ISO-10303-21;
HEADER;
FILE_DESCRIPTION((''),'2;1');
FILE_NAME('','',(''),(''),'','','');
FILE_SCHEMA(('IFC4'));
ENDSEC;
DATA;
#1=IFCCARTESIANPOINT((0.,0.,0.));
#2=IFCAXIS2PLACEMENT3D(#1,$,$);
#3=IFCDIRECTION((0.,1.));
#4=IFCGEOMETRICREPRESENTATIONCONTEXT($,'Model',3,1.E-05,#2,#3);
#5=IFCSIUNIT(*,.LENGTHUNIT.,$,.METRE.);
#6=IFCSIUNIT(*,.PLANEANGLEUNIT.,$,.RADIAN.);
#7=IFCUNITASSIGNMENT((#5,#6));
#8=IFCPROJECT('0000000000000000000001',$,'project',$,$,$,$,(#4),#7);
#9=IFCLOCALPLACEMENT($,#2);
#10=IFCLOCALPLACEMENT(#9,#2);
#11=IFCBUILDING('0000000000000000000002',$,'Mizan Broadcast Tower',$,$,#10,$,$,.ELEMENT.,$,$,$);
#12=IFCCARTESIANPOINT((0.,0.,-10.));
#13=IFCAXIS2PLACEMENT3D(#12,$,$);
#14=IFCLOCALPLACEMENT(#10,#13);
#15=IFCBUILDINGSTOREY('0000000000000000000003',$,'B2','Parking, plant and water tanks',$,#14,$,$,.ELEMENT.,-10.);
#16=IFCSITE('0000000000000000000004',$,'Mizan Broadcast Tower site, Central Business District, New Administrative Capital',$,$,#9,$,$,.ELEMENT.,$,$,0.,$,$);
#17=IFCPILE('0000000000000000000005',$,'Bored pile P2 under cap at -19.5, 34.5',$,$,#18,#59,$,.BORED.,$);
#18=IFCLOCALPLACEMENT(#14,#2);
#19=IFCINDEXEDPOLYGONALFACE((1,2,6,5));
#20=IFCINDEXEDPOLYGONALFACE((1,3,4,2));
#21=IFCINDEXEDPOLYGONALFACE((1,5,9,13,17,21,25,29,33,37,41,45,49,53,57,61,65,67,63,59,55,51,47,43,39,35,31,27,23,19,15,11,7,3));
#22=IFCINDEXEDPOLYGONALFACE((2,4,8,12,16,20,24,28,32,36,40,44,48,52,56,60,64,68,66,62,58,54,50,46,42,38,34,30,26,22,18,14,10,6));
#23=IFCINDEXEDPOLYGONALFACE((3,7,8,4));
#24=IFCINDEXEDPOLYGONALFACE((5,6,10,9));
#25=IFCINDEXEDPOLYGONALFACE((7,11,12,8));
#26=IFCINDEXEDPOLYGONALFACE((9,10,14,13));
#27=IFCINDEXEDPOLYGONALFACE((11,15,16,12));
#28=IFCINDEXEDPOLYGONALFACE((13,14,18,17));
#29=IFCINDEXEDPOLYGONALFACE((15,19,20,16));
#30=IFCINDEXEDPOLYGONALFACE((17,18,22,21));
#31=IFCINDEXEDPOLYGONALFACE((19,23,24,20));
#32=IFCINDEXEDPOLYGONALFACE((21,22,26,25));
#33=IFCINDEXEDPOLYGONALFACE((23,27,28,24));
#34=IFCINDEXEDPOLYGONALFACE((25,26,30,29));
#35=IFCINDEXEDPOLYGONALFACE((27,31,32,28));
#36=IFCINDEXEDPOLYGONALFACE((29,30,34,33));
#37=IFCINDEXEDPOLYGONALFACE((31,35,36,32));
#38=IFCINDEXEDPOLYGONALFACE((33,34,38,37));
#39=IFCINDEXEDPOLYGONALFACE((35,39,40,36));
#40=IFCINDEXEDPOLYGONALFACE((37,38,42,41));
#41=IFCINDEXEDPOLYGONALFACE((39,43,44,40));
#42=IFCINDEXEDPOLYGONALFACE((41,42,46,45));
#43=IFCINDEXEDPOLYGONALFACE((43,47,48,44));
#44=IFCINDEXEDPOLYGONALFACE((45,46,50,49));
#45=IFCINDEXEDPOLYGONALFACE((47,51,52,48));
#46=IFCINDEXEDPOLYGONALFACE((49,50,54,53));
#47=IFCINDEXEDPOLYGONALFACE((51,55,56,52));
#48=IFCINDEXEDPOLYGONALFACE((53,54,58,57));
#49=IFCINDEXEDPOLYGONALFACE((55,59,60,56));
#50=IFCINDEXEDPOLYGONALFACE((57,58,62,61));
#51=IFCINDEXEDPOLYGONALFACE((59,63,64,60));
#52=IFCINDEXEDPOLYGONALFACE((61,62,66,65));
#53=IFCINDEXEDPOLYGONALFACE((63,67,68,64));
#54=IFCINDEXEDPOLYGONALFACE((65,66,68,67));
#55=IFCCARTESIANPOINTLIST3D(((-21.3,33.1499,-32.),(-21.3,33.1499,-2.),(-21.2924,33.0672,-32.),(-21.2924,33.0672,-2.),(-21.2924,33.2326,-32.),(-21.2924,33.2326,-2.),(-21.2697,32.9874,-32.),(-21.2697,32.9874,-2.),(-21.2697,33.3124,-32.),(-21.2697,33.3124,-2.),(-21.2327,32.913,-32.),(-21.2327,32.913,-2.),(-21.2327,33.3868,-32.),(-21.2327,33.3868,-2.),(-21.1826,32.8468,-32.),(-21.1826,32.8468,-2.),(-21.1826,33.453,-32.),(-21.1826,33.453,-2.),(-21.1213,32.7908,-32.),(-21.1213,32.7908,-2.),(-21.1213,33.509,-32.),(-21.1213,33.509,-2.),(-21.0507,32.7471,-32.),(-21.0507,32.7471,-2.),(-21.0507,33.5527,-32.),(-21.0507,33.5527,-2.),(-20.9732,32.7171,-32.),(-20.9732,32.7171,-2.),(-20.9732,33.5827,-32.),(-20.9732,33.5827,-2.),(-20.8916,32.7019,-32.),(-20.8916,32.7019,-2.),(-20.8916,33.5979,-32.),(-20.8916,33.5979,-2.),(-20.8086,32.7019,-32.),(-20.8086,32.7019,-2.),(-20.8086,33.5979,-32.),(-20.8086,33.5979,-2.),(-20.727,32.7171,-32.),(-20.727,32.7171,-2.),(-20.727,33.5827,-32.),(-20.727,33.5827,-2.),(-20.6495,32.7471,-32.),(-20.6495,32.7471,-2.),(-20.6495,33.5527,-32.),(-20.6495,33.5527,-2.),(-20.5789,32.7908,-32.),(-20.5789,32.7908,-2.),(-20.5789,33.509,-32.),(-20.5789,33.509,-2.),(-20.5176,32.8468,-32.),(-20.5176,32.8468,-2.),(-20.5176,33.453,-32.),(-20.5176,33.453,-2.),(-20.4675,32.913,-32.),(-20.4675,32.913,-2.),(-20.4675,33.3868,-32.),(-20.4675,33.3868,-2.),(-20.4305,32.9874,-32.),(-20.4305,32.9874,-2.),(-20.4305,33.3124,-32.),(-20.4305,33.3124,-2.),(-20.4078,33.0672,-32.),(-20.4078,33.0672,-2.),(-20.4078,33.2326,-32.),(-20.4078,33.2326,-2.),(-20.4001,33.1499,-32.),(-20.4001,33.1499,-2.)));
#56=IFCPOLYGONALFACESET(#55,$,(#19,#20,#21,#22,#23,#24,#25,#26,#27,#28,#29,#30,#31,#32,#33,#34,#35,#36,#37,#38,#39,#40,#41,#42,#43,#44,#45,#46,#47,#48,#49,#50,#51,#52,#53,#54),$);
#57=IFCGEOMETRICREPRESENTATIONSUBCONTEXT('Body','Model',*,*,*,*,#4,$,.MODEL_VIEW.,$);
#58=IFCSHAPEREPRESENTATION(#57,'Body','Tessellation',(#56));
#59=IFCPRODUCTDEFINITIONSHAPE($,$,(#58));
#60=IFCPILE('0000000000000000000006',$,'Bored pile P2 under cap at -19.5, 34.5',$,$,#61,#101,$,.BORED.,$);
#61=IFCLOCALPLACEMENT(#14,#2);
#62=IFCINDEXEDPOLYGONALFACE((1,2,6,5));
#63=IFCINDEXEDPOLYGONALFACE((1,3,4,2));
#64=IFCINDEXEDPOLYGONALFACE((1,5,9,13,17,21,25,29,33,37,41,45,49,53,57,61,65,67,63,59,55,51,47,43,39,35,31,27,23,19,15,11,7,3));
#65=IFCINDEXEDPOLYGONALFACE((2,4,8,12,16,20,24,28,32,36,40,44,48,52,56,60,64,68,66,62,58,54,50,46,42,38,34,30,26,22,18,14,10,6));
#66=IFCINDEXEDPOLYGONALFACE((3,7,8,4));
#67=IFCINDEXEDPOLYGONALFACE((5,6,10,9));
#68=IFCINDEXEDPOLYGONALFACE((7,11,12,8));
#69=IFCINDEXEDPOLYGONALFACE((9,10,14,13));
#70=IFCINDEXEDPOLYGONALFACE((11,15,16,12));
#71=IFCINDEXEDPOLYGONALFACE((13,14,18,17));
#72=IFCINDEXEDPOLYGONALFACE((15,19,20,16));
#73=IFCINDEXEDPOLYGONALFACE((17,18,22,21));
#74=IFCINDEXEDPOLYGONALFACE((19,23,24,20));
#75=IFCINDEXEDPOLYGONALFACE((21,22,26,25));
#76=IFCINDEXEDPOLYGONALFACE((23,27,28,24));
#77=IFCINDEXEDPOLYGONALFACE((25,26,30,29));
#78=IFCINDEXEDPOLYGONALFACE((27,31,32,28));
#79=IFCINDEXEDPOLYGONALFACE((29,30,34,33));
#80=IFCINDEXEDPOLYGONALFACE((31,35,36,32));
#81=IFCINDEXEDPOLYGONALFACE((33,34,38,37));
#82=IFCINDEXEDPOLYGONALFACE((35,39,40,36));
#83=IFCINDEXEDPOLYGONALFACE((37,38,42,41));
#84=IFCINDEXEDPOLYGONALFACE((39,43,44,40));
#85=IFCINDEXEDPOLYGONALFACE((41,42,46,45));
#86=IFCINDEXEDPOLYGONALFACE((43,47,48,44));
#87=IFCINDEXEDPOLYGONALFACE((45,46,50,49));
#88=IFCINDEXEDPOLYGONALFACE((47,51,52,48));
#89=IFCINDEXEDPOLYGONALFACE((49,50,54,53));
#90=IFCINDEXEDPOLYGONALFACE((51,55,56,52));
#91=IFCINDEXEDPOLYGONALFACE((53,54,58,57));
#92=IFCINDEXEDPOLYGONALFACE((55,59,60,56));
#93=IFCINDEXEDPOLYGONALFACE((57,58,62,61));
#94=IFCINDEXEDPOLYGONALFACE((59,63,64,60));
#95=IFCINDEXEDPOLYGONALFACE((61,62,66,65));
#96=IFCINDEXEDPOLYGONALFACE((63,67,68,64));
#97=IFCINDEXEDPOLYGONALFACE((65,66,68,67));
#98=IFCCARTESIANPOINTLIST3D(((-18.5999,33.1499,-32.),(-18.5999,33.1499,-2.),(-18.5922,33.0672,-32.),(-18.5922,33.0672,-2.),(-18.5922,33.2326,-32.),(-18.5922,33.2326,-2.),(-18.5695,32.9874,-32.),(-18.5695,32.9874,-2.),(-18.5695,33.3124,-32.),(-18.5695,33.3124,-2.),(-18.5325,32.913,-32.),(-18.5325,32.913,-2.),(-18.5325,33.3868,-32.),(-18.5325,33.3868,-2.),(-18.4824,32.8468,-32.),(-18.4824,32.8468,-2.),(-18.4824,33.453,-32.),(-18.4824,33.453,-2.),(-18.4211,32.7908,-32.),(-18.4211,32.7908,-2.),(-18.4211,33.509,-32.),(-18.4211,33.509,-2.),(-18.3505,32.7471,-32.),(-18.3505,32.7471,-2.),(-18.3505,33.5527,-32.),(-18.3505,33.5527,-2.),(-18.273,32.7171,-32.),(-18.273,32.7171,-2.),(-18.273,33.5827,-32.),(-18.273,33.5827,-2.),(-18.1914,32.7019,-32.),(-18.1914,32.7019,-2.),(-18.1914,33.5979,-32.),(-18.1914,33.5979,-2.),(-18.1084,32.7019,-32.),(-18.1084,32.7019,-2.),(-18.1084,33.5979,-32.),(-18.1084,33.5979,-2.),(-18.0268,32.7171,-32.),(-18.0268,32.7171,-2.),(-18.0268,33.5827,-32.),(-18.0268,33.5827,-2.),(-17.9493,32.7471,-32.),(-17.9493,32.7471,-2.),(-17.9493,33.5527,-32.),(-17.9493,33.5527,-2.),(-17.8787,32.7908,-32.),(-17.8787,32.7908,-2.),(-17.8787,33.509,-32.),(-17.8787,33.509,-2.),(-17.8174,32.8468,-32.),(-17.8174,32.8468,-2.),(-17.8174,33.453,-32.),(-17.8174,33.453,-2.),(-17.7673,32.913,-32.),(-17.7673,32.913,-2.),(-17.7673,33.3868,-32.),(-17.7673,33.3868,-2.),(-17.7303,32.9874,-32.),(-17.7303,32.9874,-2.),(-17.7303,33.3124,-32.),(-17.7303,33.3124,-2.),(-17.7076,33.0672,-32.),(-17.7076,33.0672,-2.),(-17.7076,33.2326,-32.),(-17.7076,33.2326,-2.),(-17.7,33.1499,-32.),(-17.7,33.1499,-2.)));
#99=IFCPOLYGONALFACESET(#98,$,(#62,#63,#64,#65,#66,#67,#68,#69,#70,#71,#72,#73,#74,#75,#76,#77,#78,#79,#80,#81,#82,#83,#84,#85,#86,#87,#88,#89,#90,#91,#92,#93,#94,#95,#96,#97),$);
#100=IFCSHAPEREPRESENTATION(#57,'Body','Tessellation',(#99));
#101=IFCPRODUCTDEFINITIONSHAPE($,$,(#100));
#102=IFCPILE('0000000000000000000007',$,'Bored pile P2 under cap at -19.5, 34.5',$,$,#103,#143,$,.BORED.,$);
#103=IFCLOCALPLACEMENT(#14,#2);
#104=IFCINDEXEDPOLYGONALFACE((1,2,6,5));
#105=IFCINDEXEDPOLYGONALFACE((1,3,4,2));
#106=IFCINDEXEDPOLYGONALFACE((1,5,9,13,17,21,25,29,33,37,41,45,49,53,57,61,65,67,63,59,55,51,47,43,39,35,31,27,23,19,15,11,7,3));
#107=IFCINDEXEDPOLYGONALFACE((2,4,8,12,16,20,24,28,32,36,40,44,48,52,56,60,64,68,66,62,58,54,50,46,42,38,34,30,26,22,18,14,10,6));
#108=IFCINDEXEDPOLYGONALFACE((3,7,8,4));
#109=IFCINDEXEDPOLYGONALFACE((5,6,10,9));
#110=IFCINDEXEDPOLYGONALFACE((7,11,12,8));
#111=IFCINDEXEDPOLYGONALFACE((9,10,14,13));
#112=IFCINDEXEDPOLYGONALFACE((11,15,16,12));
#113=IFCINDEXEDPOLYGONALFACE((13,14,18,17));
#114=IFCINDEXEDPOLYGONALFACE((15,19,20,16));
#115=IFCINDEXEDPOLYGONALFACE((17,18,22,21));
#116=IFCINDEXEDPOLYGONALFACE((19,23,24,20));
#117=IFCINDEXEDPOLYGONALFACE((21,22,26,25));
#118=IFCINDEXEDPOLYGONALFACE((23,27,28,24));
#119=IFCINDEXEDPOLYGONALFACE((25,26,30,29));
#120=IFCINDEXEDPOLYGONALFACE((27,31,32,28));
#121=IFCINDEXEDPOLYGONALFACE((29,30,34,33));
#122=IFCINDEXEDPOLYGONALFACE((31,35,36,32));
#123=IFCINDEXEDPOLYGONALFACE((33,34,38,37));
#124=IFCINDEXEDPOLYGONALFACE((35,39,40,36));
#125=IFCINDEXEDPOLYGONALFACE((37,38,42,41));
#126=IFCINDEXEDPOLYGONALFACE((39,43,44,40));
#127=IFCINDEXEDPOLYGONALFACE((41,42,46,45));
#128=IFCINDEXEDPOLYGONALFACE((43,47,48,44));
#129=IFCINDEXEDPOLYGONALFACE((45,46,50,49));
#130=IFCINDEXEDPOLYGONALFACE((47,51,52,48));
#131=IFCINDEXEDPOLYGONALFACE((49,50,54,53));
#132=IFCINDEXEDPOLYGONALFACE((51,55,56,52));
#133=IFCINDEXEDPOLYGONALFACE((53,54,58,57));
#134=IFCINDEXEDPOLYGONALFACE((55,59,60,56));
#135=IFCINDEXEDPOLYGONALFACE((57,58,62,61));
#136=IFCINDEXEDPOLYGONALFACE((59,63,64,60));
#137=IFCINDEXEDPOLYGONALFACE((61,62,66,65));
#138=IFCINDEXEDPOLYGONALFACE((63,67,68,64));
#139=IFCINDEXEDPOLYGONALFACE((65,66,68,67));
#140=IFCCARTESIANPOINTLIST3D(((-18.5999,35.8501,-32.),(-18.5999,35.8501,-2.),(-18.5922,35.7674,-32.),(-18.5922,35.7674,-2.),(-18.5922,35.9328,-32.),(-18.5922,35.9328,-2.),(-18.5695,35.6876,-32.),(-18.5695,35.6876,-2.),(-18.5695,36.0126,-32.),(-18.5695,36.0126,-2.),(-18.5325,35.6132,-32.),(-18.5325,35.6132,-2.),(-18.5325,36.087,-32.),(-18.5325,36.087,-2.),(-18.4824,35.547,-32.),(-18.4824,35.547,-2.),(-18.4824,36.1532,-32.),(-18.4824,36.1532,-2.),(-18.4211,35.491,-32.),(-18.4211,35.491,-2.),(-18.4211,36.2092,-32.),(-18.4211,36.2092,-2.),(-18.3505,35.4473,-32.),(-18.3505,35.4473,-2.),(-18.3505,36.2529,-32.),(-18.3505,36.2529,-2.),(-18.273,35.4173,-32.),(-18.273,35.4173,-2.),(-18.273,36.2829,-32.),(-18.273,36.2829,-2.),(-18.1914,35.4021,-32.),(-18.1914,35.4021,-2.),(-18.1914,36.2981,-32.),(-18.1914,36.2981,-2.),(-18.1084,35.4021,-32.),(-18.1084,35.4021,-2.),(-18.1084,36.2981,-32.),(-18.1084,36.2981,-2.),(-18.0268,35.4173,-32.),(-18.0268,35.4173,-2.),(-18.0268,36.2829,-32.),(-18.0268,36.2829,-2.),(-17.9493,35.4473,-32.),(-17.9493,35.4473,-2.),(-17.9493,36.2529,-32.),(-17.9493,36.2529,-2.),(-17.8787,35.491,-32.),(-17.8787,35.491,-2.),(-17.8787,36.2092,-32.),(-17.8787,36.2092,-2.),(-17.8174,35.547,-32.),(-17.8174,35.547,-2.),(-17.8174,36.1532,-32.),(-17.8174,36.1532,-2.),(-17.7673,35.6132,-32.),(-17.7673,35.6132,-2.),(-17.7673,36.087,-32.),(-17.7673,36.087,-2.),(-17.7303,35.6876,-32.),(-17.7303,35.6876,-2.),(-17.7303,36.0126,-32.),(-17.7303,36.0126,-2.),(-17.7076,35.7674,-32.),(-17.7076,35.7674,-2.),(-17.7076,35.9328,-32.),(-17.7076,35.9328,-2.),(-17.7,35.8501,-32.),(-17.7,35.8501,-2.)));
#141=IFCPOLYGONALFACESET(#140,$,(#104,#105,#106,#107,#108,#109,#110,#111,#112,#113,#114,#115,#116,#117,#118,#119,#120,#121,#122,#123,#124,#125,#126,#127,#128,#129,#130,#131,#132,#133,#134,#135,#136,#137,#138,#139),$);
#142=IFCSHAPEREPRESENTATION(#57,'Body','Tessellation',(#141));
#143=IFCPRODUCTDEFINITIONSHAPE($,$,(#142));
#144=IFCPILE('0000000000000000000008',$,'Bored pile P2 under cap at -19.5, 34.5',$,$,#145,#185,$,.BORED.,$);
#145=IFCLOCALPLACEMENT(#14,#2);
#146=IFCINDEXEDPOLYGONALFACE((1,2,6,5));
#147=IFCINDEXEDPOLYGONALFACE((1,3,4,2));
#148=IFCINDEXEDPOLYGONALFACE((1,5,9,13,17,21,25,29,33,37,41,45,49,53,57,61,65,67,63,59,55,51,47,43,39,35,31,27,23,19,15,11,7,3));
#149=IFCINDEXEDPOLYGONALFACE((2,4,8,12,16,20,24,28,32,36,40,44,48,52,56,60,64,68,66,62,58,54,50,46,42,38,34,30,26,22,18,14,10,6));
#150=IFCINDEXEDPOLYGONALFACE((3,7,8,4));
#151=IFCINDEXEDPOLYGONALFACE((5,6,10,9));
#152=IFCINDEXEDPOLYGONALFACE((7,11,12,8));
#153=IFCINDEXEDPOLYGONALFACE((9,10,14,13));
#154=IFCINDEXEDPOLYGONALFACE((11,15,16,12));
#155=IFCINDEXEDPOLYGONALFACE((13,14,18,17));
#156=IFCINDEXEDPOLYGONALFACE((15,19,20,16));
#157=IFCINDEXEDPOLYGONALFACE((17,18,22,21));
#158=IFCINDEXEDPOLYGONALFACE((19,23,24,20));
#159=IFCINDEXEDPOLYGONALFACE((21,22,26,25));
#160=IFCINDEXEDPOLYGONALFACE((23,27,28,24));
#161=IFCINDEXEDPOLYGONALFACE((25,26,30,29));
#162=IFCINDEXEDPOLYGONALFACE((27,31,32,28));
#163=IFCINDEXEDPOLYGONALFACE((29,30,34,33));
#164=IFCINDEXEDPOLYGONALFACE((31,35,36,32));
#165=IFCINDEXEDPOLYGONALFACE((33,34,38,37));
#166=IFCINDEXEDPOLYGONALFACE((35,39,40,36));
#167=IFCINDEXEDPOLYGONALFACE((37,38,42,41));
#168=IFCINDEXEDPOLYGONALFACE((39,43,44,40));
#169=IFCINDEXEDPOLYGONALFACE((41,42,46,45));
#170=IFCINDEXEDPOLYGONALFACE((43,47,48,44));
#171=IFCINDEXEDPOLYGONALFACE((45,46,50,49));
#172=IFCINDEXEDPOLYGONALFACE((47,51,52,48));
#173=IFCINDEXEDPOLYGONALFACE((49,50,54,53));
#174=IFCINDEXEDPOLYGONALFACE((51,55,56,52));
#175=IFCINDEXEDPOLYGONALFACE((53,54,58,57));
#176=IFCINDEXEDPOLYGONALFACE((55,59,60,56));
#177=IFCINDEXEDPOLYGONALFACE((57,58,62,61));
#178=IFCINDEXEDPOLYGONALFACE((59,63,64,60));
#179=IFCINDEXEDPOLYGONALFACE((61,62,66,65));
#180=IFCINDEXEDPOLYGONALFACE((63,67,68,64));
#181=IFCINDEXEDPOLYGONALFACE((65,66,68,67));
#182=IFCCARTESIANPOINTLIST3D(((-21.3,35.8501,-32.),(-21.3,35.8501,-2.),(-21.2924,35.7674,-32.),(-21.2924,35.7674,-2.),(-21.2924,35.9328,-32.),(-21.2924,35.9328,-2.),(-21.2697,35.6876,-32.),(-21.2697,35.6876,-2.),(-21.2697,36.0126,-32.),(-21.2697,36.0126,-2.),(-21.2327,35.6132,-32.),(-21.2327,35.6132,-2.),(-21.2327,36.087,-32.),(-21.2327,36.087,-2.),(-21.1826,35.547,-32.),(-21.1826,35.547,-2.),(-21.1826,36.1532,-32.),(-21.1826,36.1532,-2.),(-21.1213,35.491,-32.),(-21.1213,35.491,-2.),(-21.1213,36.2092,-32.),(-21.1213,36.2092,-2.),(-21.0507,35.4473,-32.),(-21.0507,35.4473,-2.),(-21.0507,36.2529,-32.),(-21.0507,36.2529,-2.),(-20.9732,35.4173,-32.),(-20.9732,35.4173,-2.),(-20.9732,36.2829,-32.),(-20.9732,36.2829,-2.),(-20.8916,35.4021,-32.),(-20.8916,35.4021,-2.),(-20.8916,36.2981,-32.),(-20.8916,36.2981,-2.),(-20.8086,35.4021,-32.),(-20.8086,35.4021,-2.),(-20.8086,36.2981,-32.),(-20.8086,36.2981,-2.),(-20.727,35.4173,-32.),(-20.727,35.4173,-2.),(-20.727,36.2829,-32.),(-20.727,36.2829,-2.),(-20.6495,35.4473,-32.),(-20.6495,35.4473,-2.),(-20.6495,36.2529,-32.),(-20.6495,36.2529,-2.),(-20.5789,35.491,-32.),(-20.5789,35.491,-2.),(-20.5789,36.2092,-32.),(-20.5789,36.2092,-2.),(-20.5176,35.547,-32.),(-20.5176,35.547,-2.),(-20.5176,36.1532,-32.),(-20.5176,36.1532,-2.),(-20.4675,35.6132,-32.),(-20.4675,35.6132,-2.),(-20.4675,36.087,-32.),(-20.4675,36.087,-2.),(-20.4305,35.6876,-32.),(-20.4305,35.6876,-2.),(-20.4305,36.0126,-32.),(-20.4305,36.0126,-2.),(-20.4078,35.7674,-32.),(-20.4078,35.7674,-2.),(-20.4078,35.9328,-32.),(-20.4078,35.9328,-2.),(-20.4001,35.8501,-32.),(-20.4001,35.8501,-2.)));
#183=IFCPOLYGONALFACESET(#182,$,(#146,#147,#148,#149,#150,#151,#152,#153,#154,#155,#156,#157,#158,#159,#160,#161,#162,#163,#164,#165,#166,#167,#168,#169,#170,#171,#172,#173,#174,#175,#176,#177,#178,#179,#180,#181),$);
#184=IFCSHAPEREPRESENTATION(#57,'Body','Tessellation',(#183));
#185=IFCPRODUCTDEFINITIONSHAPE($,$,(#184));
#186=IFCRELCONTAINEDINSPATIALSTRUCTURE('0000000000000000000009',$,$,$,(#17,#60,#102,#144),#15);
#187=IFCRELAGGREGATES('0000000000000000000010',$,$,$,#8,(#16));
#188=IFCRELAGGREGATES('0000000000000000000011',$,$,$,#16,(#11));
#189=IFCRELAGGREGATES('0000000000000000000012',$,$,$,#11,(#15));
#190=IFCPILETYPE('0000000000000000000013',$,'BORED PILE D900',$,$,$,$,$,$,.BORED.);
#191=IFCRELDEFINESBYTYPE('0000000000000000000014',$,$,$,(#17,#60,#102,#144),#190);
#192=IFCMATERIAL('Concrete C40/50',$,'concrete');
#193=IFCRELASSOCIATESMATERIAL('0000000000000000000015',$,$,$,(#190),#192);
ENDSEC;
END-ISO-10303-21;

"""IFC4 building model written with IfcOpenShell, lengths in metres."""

from ifc_helpers import new_model, si_unit, direction, frame, origin, origin_2d, place, context, subcontext, project, spatial, circle, extrude, material, material_profile, profile_set, type_object, element, save


model = new_model("IFC4")

# Units and contexts
model_context = context("Model", 3, precision=1e-05, world=origin(), true_north=direction((0.0, 1.0)))
body_context = subcontext(model_context, "Body", "Model", "MODEL_VIEW")
ifc_project = project(units=[si_unit("LENGTHUNIT", "METRE"), si_unit("PLANEANGLEUNIT", "RADIAN")], contexts=[model_context])

# Site, building, storey
site_placement = place(None, origin())
site = spatial("IfcSite", under=ifc_project, at=site_placement, Name="Mizan Broadcast Tower site, Central Business District, New Administrative Capital", CompositionType="ELEMENT", RefElevation=0.0)
building_placement = place(site_placement, origin())
building = spatial("IfcBuilding", under=site, at=building_placement, Name="Mizan Broadcast Tower", CompositionType="ELEMENT")
storey_placement = place(building_placement, frame((0.0, 0.0, -10.0)))
storey = spatial("IfcBuildingStorey", under=building, at=storey_placement, Name="B2", Description="Parking, plant and water tanks", CompositionType="ELEMENT", Elevation=-10.0)

# Piles
ifc_material_1 = material(Name="Concrete C40/50", Category="concrete")
ifc_material_profile_1 = material_profile(ifc_material_1, circle(Radius=0.45, at=origin_2d()), Name="D900")
ifc_profile_set_1 = profile_set([ifc_material_profile_1], Name="Concrete C40/50")
pile_type = type_object("IfcPileType", Name="BORED PILE D900", PredefinedType="BORED", material=ifc_profile_set_1)
for number, where, z_axis, x_axis, name in (
    (1, (-20.8501, 33.1499, -2.0), (0.0, 0.0, -1.0), (1.0, 0.0, 0.0), "Bored pile P2 under cap at -19.5, 34.5"),
    (2, (-18.1499, 33.1499, -2.0), (0.0, 0.0, -1.0), (1.0, 0.0, 0.0), "Bored pile P2 under cap at -19.5, 34.5"),
    (3, (-18.1499, 35.8501, -2.0), (0.0, 0.0, -1.0), (1.0, 0.0, 0.0), "Bored pile P2 under cap at -19.5, 34.5"),
    (4, (-20.8501, 35.8501, -2.0), (0.0, 0.0, -1.0), (1.0, 0.0, 0.0), "Bored pile P2 under cap at -19.5, 34.5"),
):
    element("IfcPile", number, at=place(storey_placement, frame(where, z_axis=z_axis, x_axis=x_axis)), inside=storey, type_object=pile_type, Name=name, PredefinedType="BORED", context=body_context, shape_type="SweptSolid", body=[
        extrude(circle(Radius=0.45, at=origin_2d()), origin(), (0.0, 0.0, 1.0), 30.0),
    ])

save(model, "model.ifc")
